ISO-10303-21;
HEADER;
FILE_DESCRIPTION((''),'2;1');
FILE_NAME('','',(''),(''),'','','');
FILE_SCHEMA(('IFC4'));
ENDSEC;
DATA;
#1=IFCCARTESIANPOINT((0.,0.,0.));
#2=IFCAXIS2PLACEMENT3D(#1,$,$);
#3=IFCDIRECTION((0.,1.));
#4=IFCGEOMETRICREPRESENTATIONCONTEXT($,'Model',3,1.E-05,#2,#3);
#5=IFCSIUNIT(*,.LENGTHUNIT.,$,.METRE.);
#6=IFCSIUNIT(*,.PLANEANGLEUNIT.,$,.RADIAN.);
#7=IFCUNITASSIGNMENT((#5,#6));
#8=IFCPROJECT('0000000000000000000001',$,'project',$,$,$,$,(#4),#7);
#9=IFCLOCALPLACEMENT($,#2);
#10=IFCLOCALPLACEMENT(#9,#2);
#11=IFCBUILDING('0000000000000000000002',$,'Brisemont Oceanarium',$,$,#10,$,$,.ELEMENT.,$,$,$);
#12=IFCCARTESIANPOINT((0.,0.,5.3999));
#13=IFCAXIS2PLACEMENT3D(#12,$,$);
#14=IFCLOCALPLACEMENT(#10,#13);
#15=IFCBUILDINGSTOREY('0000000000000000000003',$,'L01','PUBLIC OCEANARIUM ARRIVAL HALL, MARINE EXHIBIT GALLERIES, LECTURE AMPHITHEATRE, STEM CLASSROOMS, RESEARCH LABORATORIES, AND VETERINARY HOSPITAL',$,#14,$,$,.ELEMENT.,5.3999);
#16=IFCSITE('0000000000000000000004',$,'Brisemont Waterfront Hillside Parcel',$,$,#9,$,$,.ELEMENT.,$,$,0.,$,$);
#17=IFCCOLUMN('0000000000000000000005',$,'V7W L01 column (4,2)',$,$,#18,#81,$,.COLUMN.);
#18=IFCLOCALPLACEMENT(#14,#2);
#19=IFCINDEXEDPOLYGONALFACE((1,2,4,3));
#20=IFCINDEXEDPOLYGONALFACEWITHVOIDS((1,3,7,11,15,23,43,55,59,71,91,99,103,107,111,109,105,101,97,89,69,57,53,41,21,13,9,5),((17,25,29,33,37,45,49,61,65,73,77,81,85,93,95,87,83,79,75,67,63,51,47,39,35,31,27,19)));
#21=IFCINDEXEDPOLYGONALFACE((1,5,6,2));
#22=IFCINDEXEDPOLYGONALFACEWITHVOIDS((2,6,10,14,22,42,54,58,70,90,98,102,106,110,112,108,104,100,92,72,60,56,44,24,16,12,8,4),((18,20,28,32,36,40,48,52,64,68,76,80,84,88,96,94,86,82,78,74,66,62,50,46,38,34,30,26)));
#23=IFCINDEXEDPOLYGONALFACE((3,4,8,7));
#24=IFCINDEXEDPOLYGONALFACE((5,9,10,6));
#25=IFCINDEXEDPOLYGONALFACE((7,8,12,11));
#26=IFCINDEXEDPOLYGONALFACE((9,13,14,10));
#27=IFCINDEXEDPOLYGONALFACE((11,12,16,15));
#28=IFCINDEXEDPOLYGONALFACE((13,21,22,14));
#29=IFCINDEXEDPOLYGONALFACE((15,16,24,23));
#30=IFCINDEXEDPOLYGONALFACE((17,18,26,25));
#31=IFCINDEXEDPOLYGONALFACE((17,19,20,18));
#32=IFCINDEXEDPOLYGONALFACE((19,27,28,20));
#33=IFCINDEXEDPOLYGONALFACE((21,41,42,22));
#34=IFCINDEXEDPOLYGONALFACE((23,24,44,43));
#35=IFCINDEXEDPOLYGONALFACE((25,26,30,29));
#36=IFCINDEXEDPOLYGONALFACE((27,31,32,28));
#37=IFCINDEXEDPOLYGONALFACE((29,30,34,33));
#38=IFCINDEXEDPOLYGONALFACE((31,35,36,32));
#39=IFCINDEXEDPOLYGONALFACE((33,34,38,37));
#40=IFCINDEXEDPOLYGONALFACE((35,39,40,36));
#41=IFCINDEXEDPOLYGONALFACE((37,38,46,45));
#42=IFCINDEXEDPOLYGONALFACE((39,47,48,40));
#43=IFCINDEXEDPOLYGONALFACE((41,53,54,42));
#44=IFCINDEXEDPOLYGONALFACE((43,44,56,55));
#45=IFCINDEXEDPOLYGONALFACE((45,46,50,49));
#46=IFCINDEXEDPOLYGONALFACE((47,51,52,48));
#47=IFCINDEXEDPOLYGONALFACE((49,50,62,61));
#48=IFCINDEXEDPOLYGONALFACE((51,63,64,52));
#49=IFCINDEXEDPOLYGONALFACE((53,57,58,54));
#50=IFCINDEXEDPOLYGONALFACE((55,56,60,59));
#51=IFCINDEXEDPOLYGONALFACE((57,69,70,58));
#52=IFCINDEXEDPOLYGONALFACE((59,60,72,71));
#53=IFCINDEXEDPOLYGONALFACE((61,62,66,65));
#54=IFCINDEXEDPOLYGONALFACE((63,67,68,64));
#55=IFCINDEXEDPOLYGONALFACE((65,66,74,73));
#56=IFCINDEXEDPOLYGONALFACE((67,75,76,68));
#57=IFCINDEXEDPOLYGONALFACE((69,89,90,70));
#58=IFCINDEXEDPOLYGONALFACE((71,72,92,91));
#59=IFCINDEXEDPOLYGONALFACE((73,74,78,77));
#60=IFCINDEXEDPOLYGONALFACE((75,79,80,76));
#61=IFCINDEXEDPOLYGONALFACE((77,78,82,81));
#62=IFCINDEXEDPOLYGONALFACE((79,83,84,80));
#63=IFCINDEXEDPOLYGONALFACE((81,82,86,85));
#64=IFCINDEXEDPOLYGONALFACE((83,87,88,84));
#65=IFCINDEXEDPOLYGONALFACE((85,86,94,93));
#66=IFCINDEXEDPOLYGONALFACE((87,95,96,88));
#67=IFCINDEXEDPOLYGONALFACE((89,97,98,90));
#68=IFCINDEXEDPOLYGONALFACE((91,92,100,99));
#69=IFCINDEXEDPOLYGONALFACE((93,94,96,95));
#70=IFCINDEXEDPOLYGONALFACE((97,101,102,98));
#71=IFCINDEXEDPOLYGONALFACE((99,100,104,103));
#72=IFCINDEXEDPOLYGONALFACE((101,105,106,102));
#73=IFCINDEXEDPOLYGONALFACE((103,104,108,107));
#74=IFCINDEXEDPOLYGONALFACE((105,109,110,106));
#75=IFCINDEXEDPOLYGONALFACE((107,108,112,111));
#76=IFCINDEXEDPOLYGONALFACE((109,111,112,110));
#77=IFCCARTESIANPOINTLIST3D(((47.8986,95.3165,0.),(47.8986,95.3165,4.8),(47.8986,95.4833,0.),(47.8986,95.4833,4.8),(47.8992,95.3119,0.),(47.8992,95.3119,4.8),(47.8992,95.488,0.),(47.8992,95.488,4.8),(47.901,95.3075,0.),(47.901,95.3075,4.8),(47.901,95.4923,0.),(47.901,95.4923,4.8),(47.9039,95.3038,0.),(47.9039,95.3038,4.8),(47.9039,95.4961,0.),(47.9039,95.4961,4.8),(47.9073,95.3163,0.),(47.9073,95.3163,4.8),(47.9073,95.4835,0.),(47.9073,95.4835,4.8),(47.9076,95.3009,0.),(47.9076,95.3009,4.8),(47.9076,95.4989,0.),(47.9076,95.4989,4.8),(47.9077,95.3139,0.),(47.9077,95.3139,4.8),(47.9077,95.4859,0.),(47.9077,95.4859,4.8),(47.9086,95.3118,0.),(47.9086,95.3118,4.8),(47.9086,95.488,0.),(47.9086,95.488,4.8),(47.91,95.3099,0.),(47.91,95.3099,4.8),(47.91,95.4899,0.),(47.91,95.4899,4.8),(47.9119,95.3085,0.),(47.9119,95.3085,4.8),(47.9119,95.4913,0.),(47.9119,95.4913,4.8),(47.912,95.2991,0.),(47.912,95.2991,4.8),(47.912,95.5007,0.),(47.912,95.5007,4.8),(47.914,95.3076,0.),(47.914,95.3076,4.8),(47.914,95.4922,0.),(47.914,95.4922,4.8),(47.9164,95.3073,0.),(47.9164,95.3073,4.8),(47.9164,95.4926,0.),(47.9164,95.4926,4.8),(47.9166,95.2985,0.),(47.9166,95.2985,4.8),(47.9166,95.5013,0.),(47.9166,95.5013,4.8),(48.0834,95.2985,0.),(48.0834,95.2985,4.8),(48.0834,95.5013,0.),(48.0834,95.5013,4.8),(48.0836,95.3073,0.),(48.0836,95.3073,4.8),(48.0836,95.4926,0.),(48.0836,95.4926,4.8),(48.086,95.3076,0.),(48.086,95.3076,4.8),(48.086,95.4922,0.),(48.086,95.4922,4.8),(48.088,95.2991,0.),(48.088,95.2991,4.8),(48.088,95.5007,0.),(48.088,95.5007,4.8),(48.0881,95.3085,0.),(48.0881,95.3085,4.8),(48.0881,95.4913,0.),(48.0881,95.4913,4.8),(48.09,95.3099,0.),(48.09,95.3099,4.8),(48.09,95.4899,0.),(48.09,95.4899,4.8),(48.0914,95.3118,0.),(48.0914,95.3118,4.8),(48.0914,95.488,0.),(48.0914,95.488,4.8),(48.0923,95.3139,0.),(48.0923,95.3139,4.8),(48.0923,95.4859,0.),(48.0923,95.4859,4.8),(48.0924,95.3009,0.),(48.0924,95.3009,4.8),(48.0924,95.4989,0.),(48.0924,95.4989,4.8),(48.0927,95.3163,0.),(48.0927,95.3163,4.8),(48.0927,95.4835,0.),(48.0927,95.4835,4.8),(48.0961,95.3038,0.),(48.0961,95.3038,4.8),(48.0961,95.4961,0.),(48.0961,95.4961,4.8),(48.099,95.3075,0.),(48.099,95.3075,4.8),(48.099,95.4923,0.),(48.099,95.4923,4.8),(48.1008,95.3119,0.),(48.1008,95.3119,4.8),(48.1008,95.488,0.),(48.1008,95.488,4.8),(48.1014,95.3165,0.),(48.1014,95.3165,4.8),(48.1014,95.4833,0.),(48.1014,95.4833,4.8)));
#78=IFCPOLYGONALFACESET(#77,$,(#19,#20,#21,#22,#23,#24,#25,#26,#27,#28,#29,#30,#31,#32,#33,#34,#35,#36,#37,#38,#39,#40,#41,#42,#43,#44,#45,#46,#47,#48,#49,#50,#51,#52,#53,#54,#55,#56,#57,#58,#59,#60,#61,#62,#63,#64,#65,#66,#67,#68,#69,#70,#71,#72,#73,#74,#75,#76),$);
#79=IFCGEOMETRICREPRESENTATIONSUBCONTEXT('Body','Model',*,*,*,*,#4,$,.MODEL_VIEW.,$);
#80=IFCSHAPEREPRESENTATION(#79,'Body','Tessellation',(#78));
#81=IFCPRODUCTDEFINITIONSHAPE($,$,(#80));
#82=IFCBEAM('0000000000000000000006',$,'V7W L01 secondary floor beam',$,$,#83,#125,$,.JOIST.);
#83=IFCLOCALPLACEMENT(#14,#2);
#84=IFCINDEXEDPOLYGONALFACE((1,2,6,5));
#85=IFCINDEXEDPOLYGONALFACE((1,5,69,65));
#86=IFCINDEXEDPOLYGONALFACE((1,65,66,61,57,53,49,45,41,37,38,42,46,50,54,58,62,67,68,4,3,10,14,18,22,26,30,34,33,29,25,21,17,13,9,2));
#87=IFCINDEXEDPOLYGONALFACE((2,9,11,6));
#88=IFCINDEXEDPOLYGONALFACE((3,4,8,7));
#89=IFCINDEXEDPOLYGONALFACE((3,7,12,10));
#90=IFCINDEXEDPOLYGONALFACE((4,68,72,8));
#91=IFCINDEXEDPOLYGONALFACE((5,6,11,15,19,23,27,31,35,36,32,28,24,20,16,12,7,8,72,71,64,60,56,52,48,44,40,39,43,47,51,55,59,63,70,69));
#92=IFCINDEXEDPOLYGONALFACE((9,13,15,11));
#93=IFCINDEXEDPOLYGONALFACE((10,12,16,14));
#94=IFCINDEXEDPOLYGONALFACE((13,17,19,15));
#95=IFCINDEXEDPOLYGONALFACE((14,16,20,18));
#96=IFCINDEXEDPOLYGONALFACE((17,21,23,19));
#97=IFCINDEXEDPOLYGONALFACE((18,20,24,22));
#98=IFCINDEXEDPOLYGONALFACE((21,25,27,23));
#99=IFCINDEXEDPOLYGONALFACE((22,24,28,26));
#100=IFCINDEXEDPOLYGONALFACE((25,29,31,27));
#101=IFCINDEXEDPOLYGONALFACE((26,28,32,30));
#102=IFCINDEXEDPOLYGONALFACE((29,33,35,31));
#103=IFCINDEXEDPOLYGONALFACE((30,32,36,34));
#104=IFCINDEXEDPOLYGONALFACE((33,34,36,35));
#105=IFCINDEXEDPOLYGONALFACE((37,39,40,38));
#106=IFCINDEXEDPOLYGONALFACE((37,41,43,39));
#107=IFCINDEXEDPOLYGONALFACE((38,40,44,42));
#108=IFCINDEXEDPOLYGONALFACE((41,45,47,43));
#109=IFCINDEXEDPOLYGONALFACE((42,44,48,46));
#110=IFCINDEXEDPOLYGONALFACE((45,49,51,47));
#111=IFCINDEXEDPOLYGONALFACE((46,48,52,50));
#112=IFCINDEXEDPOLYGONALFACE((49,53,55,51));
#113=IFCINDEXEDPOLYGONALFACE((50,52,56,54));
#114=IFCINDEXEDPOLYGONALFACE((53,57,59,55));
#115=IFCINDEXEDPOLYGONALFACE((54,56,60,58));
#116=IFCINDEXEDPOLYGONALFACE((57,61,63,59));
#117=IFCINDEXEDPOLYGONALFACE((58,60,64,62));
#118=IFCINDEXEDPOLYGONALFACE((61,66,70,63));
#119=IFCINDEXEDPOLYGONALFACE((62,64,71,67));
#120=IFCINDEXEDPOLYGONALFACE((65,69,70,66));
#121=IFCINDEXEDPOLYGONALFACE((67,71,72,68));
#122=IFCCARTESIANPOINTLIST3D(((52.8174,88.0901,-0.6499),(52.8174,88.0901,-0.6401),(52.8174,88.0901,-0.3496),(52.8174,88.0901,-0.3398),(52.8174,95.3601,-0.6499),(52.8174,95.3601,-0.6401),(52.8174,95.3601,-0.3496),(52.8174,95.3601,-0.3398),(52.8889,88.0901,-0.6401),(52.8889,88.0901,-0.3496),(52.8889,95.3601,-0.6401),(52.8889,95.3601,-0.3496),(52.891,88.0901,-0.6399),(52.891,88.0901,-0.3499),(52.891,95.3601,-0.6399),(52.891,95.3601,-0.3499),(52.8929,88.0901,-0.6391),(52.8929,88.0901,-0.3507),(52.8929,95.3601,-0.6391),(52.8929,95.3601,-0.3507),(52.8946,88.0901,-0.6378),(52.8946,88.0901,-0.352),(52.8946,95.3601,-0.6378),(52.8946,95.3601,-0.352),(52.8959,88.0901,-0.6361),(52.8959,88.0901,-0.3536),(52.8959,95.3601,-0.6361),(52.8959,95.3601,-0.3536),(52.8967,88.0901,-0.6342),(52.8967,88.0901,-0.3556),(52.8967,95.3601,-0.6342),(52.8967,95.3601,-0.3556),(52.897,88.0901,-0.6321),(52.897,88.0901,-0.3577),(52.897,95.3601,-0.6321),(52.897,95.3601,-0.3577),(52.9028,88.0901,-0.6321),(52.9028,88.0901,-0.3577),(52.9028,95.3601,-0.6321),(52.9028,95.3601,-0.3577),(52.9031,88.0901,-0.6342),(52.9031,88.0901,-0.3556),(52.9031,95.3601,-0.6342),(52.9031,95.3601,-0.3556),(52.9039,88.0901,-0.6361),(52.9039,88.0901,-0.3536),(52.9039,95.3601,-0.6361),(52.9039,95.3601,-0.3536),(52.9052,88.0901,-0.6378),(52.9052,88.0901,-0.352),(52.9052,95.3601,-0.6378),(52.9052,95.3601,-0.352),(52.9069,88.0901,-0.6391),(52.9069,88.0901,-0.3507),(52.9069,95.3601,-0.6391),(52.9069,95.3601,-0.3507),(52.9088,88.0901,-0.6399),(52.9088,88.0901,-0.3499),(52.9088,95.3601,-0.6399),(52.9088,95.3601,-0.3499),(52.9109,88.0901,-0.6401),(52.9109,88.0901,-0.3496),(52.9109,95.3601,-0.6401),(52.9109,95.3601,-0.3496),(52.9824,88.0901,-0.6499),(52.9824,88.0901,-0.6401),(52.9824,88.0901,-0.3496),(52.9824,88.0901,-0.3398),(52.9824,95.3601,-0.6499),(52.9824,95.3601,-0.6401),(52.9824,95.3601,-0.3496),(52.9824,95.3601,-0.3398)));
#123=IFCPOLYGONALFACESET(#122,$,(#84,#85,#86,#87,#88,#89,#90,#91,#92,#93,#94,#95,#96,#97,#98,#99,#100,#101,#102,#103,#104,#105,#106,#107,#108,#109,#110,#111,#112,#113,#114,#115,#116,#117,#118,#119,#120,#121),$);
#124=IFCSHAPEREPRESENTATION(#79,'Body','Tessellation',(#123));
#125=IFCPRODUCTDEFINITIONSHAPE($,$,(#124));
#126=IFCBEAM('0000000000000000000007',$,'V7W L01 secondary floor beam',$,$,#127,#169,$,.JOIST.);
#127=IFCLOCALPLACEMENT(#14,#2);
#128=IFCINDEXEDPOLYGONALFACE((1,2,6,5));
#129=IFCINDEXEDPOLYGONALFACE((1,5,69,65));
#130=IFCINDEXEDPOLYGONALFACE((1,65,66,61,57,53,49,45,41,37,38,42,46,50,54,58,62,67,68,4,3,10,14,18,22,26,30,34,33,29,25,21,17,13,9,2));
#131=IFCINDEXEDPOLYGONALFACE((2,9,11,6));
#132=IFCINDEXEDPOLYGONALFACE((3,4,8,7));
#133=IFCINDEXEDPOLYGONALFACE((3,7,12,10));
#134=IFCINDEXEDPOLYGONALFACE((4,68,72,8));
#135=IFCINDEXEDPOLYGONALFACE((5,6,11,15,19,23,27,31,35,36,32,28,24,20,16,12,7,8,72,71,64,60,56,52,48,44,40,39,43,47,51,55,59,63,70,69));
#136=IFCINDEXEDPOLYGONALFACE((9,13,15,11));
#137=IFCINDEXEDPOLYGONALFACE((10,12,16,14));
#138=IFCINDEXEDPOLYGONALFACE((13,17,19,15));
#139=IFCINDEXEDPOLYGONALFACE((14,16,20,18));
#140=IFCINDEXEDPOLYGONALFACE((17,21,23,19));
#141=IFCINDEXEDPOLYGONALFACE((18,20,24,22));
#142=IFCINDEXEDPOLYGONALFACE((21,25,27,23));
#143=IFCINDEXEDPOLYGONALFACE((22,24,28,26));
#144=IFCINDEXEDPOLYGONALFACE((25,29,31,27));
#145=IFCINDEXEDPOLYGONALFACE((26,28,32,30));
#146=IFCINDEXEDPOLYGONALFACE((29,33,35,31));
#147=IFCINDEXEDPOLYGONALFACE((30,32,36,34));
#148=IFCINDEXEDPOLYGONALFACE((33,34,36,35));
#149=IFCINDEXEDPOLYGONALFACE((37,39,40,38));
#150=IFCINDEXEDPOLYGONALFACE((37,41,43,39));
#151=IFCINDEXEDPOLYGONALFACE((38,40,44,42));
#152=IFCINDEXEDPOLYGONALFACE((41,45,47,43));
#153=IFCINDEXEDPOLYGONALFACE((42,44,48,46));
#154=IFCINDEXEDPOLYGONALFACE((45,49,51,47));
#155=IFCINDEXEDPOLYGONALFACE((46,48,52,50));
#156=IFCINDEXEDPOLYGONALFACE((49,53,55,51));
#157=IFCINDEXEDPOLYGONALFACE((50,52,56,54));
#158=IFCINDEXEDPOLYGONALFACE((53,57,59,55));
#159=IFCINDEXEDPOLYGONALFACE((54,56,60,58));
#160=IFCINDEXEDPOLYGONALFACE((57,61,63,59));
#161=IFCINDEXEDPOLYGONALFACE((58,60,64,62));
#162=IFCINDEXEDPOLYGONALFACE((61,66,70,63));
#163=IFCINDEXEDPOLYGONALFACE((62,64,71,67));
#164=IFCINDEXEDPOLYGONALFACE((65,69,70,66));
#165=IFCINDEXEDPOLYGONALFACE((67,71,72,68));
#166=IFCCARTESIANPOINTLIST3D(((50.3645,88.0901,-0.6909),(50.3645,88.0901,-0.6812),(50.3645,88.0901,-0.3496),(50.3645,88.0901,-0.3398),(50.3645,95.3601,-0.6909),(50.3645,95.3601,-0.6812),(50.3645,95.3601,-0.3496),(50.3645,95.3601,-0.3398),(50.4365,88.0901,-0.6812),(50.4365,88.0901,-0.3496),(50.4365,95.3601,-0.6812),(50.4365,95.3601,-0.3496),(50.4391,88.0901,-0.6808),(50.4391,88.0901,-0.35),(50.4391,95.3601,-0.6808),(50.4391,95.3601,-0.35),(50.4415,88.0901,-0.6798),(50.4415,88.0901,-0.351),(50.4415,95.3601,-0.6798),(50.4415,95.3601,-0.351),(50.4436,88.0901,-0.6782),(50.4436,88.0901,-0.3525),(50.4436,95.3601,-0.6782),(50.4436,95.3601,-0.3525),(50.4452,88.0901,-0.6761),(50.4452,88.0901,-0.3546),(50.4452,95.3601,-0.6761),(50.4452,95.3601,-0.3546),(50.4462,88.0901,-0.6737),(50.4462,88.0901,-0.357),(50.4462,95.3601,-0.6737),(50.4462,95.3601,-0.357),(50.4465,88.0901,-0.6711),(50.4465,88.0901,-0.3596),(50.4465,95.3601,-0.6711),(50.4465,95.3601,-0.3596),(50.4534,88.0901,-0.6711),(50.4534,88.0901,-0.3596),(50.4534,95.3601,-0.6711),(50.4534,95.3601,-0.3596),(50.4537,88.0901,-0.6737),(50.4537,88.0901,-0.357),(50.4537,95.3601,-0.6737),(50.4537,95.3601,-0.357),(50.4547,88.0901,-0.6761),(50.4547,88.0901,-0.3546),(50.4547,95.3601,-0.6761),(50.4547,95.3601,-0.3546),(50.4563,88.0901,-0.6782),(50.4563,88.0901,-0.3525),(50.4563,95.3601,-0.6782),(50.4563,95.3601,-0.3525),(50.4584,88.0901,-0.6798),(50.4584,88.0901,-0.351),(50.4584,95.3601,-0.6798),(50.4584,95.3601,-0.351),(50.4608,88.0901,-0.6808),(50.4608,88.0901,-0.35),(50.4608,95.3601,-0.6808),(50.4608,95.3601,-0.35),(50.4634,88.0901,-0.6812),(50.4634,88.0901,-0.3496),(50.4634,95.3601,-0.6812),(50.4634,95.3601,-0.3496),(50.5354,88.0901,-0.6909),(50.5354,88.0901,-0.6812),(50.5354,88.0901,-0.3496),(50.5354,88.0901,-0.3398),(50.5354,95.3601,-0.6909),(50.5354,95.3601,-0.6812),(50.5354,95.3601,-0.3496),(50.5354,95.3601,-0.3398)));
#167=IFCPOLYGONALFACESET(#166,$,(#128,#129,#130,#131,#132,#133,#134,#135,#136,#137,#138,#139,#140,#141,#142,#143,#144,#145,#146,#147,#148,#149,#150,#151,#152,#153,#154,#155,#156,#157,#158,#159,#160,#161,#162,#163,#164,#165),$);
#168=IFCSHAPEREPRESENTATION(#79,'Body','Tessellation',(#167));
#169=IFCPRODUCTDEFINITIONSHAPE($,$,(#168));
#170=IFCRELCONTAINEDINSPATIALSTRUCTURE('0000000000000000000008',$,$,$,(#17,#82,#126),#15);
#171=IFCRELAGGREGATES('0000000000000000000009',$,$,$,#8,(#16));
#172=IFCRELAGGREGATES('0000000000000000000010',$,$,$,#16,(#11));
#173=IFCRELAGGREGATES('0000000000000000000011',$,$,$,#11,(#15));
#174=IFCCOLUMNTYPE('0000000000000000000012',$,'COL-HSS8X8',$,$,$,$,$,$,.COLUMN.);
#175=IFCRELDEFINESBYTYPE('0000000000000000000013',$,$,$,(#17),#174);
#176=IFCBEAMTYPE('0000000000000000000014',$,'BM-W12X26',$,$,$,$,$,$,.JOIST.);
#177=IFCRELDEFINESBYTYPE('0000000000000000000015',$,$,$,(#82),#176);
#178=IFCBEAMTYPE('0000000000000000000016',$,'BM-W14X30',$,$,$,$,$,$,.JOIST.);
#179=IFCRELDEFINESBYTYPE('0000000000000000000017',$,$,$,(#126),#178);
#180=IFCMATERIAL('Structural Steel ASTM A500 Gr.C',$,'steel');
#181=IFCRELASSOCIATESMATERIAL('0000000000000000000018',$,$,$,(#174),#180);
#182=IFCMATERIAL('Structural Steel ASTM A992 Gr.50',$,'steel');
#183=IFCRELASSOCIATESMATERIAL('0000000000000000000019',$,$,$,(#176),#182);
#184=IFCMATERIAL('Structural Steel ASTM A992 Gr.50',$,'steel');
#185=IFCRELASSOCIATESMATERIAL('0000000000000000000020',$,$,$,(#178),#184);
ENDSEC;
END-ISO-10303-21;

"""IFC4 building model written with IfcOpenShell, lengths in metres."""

from ifc_helpers import new_model, si_unit, direction, frame, origin, origin_2d, place, context, subcontext, project, spatial, hollow_rectangle, i_section, extrude, material, material_profile, profile_set, type_object, element, save


model = new_model("IFC4")

# Units and contexts
model_context = context("Model", 3, precision=1e-05, world=origin(), true_north=direction((0.0, 1.0)))
body_context = subcontext(model_context, "Body", "Model", "MODEL_VIEW")
ifc_project = project(units=[si_unit("LENGTHUNIT", "METRE"), si_unit("PLANEANGLEUNIT", "RADIAN")], contexts=[model_context])

# Site, building, storey
site_placement = place(None, origin())
site = spatial("IfcSite", under=ifc_project, at=site_placement, Name="Brisemont Waterfront Hillside Parcel", CompositionType="ELEMENT", RefElevation=0.0)
building_placement = place(site_placement, origin())
building = spatial("IfcBuilding", under=site, at=building_placement, Name="Brisemont Oceanarium", CompositionType="ELEMENT")
storey_placement = place(building_placement, frame((0.0, 0.0, 5.3999)))
storey = spatial("IfcBuildingStorey", under=building, at=storey_placement, Name="L01", Description="PUBLIC OCEANARIUM ARRIVAL HALL, MARINE EXHIBIT GALLERIES, LECTURE AMPHITHEATRE, STEM CLASSROOMS, RESEARCH LABORATORIES, AND VETERINARY HOSPITAL", CompositionType="ELEMENT", Elevation=5.3999)

# Column
ifc_material_1 = material(Name="Structural Steel ASTM A500 Gr.C", Category="steel")
ifc_material_profile_1 = material_profile(ifc_material_1, hollow_rectangle(XDim=0.2029, YDim=0.2029, WallThickness=0.0088, InnerFilletRadius=0.009, OuterFilletRadius=0.0181, at=origin_2d()), Name="HSS8X8X3/8")
ifc_profile_set_1 = profile_set([ifc_material_profile_1], Name="Structural Steel ASTM A500 Gr.C")
column_type_1 = type_object("IfcColumnType", Name="COL-HSS8X8", PredefinedType="COLUMN", material=ifc_profile_set_1)
column_1_placement = place(storey_placement, frame((48.0, 95.3999, 0.0), z_axis=(0.0, 0.0, 1.0), x_axis=(1.0, 0.0, 0.0)))
element("IfcColumn", 1, at=column_1_placement, inside=storey, type_object=column_type_1, Name="V7W L01 column (4,2)", PredefinedType="COLUMN", context=body_context, shape_type="SweptSolid", body=[
    extrude(hollow_rectangle(XDim=0.2029, YDim=0.2029, WallThickness=0.0088, InnerFilletRadius=0.009, OuterFilletRadius=0.0181, at=origin_2d()), origin(), (0.0, 0.0, 1.0), 4.8),
])

# Beams
ifc_material_2 = material(Name="Structural Steel ASTM A992 Gr.50", Category="steel")
ifc_material_profile_2 = material_profile(ifc_material_2, i_section(OverallWidth=0.165, OverallDepth=0.3101, WebThickness=0.0059, FlangeThickness=0.0098, FilletRadius=0.0081, at=origin_2d()), Name="W12X26")
ifc_profile_set_2 = profile_set([ifc_material_profile_2], Name="Structural Steel ASTM A992 Gr.50")
beam_type_1 = type_object("IfcBeamType", Name="BM-W12X26", PredefinedType="JOIST", material=ifc_profile_set_2)
beam_1_placement = place(storey_placement, frame((52.8999, 88.0901, -0.4949), z_axis=(0.0, 1.0, 0.0), x_axis=(-1.0, 0.0, 0.0)))
element("IfcBeam", 2, at=beam_1_placement, inside=storey, type_object=beam_type_1, Name="V7W L01 secondary floor beam", PredefinedType="JOIST", context=body_context, shape_type="SweptSolid", body=[
    extrude(i_section(OverallWidth=0.165, OverallDepth=0.3101, WebThickness=0.0059, FlangeThickness=0.0098, FilletRadius=0.0081, at=origin_2d()), origin(), (0.0, 0.0, 1.0), 7.27),
])
ifc_material_3 = material(Name="Structural Steel ASTM A992 Gr.50", Category="steel")
ifc_material_profile_3 = material_profile(ifc_material_3, i_section(OverallWidth=0.1709, OverallDepth=0.3511, WebThickness=0.0068, FlangeThickness=0.0098, FilletRadius=0.01, at=origin_2d()), Name="W14X30")
ifc_profile_set_3 = profile_set([ifc_material_profile_3], Name="Structural Steel ASTM A992 Gr.50")
beam_type_2 = type_object("IfcBeamType", Name="BM-W14X30", PredefinedType="JOIST", material=ifc_profile_set_3)
beam_2_placement = place(storey_placement, frame((50.45, 88.0901, -0.5154), z_axis=(0.0, 1.0, 0.0), x_axis=(-1.0, 0.0, 0.0)))
element("IfcBeam", 3, at=beam_2_placement, inside=storey, type_object=beam_type_2, Name="V7W L01 secondary floor beam", PredefinedType="JOIST", context=body_context, shape_type="SweptSolid", body=[
    extrude(i_section(OverallWidth=0.1709, OverallDepth=0.3511, WebThickness=0.0068, FlangeThickness=0.0098, FilletRadius=0.01, at=origin_2d()), origin(), (0.0, 0.0, 1.0), 7.27),
])

save(model, "model.ifc")
